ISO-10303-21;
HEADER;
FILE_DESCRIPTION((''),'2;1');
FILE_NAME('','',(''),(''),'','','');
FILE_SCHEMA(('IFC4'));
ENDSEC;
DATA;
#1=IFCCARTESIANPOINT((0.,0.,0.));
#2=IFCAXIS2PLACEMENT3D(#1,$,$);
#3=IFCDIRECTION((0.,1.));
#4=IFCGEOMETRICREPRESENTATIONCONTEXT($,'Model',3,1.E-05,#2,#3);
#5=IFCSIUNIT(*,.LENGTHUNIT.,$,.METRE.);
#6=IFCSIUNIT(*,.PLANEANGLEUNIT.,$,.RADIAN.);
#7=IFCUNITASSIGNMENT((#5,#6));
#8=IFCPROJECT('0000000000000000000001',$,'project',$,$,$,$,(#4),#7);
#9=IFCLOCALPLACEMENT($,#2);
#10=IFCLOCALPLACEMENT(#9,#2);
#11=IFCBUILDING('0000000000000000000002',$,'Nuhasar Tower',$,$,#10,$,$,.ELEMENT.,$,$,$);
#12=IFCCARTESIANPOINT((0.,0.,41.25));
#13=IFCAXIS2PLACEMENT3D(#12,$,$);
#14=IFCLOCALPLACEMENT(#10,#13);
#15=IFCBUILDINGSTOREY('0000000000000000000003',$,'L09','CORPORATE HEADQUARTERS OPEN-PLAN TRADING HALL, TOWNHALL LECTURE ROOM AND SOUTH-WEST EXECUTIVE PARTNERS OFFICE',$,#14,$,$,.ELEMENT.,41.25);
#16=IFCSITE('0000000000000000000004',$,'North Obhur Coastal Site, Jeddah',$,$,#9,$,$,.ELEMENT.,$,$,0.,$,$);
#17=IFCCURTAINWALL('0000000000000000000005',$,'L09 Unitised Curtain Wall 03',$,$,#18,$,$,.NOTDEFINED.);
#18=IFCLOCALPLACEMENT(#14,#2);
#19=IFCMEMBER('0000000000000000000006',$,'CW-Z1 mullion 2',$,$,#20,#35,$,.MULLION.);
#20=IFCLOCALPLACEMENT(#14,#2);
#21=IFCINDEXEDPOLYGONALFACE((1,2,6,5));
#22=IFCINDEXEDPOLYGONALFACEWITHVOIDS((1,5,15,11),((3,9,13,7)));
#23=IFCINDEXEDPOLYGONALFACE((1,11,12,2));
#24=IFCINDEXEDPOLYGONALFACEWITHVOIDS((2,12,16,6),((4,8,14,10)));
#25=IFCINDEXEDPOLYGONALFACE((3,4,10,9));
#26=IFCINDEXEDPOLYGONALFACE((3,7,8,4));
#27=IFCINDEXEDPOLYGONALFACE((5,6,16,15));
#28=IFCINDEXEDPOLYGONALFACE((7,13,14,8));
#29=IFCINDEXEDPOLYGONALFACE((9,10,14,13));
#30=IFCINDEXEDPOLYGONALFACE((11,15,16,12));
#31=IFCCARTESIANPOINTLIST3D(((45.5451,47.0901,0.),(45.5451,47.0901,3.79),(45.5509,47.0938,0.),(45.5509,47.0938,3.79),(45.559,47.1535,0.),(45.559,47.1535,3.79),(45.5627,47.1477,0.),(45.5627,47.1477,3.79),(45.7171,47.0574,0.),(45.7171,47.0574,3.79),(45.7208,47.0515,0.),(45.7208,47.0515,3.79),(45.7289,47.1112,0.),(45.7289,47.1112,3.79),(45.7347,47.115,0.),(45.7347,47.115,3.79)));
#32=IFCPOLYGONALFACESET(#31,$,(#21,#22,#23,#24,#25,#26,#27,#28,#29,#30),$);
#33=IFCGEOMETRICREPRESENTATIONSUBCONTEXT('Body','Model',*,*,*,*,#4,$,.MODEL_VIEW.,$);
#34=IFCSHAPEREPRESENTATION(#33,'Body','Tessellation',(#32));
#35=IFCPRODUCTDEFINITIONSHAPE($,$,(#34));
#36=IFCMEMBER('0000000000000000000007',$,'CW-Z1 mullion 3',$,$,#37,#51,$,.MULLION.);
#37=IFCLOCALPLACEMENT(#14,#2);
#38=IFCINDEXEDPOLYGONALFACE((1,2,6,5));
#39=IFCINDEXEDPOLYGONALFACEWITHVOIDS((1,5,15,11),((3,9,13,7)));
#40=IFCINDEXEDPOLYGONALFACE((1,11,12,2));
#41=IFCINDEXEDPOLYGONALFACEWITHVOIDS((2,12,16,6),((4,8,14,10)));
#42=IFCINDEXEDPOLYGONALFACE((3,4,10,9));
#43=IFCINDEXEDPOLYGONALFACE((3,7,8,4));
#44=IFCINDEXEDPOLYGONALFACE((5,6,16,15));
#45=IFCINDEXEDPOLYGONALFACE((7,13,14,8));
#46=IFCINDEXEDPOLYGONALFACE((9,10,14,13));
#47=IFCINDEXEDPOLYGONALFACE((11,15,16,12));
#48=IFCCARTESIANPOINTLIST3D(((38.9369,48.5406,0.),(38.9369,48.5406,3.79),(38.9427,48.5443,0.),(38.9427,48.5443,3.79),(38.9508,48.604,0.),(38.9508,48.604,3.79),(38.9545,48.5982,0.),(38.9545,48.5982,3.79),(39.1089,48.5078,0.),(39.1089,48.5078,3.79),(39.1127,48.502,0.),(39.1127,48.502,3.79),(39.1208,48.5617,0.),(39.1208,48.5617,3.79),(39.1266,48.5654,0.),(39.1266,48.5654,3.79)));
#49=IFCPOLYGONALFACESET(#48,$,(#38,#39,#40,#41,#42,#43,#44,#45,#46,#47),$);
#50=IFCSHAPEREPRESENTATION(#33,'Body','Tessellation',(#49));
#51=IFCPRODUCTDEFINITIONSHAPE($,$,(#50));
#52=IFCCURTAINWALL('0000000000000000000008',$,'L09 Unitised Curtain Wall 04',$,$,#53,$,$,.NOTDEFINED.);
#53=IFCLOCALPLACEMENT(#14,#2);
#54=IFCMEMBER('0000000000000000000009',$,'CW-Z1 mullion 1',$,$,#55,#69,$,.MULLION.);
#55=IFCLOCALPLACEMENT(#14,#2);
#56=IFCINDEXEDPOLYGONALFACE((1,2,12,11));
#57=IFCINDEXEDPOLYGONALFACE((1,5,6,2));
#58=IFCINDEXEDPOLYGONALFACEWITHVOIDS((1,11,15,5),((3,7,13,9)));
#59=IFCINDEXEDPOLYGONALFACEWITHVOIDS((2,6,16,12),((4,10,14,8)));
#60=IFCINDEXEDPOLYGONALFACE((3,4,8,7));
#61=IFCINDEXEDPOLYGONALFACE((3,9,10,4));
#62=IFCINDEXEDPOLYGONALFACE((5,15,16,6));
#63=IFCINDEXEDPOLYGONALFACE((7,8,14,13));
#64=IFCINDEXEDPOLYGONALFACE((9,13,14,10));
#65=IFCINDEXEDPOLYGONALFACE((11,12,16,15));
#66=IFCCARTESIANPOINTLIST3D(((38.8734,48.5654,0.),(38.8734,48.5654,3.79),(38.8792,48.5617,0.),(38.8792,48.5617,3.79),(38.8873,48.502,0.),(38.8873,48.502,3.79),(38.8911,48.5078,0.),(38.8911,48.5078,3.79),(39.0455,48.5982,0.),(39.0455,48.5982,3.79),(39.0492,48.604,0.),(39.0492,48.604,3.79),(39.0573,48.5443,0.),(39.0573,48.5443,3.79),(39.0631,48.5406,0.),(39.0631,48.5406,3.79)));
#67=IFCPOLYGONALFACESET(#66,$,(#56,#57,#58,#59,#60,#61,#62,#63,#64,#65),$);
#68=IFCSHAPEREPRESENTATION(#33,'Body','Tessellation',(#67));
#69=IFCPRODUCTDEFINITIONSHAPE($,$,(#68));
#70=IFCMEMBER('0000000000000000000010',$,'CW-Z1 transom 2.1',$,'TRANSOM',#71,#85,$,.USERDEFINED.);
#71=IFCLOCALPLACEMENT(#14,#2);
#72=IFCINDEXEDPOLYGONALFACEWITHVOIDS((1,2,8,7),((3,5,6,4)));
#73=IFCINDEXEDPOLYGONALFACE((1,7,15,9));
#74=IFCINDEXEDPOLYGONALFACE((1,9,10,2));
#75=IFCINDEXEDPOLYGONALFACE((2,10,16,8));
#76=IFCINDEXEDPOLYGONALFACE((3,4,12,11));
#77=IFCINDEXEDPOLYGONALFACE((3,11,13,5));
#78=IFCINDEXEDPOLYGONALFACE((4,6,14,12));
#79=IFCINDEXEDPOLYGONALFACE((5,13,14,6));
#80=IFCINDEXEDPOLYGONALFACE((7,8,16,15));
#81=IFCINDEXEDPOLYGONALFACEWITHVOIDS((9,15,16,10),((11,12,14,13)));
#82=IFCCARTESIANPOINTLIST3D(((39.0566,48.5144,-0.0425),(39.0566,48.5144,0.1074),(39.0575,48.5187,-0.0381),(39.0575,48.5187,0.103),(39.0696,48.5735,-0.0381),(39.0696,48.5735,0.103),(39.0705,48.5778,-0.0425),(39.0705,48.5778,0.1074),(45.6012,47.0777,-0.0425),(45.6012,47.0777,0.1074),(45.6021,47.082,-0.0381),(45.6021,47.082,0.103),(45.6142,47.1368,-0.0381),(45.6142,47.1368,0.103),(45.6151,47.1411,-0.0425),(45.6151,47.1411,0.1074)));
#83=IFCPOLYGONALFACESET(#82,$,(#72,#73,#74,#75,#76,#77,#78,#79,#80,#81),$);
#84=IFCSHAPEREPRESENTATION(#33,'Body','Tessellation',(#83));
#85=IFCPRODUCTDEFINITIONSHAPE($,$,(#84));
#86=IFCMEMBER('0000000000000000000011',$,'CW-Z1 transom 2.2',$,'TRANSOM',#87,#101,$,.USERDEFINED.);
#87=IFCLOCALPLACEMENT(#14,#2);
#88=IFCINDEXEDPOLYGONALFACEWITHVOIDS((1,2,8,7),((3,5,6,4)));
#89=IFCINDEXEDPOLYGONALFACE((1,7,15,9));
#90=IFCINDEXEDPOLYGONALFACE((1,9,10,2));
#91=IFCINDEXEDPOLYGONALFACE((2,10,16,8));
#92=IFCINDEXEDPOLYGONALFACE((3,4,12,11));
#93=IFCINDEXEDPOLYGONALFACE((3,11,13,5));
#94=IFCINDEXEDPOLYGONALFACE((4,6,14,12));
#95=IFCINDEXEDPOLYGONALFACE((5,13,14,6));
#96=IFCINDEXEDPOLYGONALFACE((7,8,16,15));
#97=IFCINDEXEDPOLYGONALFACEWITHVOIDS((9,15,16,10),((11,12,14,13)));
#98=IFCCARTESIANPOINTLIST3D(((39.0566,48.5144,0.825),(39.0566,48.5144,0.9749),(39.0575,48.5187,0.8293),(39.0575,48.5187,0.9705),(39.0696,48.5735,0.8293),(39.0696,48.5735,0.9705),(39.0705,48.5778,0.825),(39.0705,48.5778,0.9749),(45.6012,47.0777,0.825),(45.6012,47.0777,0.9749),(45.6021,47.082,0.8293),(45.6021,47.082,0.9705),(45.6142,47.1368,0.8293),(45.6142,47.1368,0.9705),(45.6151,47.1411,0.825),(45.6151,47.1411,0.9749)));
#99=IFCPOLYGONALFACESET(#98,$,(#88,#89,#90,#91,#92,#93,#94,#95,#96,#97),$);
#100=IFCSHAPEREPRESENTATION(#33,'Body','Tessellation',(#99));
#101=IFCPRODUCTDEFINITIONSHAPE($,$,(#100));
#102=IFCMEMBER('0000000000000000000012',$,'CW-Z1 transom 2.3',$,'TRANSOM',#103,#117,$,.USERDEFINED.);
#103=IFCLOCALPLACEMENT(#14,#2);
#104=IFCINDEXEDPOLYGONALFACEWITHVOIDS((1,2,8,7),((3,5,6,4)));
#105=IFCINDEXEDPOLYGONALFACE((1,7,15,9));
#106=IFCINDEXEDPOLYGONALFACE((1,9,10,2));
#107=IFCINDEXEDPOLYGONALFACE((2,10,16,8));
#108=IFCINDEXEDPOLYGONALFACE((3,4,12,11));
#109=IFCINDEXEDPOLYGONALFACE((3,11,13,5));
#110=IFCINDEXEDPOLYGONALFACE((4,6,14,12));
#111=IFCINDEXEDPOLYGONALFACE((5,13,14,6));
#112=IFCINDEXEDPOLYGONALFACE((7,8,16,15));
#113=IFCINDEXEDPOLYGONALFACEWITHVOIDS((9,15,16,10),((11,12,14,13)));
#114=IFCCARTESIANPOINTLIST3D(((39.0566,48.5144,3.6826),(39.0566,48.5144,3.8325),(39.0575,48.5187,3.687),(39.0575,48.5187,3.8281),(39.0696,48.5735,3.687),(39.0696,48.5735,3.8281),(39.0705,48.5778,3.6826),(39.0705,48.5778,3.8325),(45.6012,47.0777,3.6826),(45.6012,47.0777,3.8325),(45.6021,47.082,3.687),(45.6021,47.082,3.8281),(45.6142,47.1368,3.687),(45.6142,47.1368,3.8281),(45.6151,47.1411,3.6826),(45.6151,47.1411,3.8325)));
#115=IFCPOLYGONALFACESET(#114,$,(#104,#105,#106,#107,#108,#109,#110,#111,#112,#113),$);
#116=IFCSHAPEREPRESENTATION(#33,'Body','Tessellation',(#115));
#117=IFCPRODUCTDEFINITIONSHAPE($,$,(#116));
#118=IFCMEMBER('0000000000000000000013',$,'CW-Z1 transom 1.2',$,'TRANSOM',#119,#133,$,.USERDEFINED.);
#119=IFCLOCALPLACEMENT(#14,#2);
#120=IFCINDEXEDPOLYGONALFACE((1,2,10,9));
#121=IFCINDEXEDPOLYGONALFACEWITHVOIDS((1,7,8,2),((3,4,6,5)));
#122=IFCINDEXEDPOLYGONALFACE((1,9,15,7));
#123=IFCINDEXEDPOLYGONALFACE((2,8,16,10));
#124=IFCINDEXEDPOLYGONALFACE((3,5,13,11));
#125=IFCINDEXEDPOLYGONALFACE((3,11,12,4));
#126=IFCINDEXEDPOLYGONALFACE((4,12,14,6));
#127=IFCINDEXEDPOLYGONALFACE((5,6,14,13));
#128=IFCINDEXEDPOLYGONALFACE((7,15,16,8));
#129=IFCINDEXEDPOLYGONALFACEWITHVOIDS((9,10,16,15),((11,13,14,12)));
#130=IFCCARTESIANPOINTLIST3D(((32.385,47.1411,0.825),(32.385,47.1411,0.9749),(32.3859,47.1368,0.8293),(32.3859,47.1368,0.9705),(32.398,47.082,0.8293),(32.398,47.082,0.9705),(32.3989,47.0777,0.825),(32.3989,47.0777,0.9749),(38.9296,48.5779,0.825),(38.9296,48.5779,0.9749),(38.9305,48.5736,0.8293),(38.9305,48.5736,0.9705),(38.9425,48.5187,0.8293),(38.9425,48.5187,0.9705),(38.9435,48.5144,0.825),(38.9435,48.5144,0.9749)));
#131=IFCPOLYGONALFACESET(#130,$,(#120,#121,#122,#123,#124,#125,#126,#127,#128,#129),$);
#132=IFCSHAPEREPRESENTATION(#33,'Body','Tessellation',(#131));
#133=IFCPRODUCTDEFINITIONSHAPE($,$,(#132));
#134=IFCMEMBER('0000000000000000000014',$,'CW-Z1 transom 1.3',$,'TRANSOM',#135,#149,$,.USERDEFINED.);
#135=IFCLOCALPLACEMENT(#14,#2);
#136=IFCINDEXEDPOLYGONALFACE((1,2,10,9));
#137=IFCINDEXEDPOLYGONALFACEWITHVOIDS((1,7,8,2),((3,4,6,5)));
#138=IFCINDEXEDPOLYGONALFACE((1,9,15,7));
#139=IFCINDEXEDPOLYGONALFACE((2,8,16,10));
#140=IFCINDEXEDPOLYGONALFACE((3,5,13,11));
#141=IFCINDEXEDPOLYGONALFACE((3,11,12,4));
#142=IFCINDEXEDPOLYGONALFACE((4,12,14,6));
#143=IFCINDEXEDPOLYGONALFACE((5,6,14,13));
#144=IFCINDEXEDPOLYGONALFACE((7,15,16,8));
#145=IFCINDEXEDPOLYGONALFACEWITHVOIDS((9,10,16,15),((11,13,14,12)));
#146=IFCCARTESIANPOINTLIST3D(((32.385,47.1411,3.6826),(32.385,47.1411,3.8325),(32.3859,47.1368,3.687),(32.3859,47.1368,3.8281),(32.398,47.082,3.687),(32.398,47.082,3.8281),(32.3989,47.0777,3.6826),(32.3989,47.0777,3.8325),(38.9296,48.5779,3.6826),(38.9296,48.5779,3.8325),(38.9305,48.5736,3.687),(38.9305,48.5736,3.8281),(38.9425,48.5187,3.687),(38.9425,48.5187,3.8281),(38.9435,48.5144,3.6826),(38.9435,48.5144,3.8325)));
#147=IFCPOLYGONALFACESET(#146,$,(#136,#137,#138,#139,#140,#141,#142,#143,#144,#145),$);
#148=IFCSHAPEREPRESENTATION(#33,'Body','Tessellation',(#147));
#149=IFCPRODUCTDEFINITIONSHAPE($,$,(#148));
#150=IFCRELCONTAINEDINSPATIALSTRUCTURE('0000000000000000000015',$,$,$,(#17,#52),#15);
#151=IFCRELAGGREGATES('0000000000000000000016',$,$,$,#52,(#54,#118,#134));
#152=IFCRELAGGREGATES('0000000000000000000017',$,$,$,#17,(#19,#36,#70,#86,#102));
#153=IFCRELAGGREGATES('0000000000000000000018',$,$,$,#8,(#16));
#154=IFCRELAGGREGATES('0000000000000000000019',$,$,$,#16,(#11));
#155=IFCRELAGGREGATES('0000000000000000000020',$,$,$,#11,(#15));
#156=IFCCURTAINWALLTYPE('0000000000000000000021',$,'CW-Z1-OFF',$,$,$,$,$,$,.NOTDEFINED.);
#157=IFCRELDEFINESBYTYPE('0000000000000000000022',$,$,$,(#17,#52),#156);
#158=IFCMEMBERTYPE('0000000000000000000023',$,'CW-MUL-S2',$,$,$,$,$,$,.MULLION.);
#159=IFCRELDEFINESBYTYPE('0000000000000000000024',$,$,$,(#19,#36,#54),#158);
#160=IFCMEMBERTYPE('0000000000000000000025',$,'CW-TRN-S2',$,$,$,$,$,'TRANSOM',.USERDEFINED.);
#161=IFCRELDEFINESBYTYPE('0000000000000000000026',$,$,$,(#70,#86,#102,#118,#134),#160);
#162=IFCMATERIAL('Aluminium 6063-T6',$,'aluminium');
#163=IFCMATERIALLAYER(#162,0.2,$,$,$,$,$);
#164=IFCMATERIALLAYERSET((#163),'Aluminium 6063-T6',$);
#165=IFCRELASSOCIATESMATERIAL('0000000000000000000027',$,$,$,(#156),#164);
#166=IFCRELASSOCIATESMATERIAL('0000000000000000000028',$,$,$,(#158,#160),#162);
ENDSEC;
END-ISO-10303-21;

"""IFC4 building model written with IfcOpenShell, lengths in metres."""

from ifc_helpers import new_model, si_unit, direction, frame, origin, origin_2d, place, context, subcontext, project, spatial, hollow_rectangle, extrude, material, layer, layer_set, material_profile, profile_set, type_object, element, aggregate, save


model = new_model("IFC4")

# Units and contexts
model_context = context("Model", 3, precision=1e-05, world=origin(), true_north=direction((0.0, 1.0)))
body_context = subcontext(model_context, "Body", "Model", "MODEL_VIEW")
ifc_project = project(units=[si_unit("LENGTHUNIT", "METRE"), si_unit("PLANEANGLEUNIT", "RADIAN")], contexts=[model_context])

# Site, building, storey
site_placement = place(None, origin())
site = spatial("IfcSite", under=ifc_project, at=site_placement, Name="North Obhur Coastal Site, Jeddah", CompositionType="ELEMENT", RefElevation=0.0)
building_placement = place(site_placement, origin())
building = spatial("IfcBuilding", under=site, at=building_placement, Name="Nuhasar Tower", CompositionType="ELEMENT")
storey_placement = place(building_placement, frame((0.0, 0.0, 41.25)))
storey = spatial("IfcBuildingStorey", under=building, at=storey_placement, Name="L09", Description="CORPORATE HEADQUARTERS OPEN-PLAN TRADING HALL, TOWNHALL LECTURE ROOM AND SOUTH-WEST EXECUTIVE PARTNERS OFFICE", CompositionType="ELEMENT", Elevation=41.25)

# Curtain wall, members
ifc_material_1 = material(Name="Aluminium 6063-T6", Category="aluminium")
ifc_layer_1 = layer(ifc_material_1, 0.2)
ifc_layer_set_1 = layer_set([ifc_layer_1], Name="Aluminium 6063-T6")
curtain_wall_type = type_object("IfcCurtainWallType", Name="CW-Z1-OFF", PredefinedType="NOTDEFINED", material=ifc_layer_set_1)
curtain_wall_1_placement = place(storey_placement, origin())
curtain_wall_1 = element("IfcCurtainWall", 1, at=curtain_wall_1_placement, inside=storey, type_object=curtain_wall_type, Name="L09 Unitised Curtain Wall 03", PredefinedType="NOTDEFINED")
ifc_material_profile_1 = material_profile(ifc_material_1, hollow_rectangle(XDim=0.0649, YDim=0.1799, WallThickness=0.0049, at=origin_2d()), Name="CWM-2")
ifc_profile_set_1 = profile_set([ifc_material_profile_1], Name="Aluminium 6063-T6")
member_type_1 = type_object("IfcMemberType", Name="CW-MUL-S2", PredefinedType="MULLION", material=ifc_profile_set_1)
member_1_placement = place(storey_placement, frame((45.6399, 47.1025, 0.0), z_axis=(0.0, 0.0, 1.0), x_axis=(-0.214399, -0.976746, 0.0)))
member_1 = element("IfcMember", 2, at=member_1_placement, type_object=member_type_1, Name="CW-Z1 mullion 2", PredefinedType="MULLION", context=body_context, shape_type="SweptSolid", body=[
    extrude(hollow_rectangle(XDim=0.0649, YDim=0.1799, WallThickness=0.0049, at=origin_2d()), origin(), (0.0, 0.0, 1.0), 3.79),
])
member_2_placement = place(storey_placement, frame((39.0317, 48.553, 0.0), z_axis=(0.0, 0.0, 1.0), x_axis=(-0.214399, -0.976746, 0.0)))
member_2 = element("IfcMember", 3, at=member_2_placement, type_object=member_type_1, Name="CW-Z1 mullion 3", PredefinedType="MULLION", context=body_context, shape_type="SweptSolid", body=[
    extrude(hollow_rectangle(XDim=0.0649, YDim=0.1799, WallThickness=0.0049, at=origin_2d()), origin(), (0.0, 0.0, 1.0), 3.79),
])

# Curtain wall, member
curtain_wall_2_placement = place(storey_placement, origin())
curtain_wall_2 = element("IfcCurtainWall", 4, at=curtain_wall_2_placement, inside=storey, type_object=curtain_wall_type, Name="L09 Unitised Curtain Wall 04", PredefinedType="NOTDEFINED")
member_3_placement = place(storey_placement, frame((38.9683, 48.553, 0.0), z_axis=(0.0, 0.0, 1.0), x_axis=(0.214399, -0.976746, 0.0)))
member_3 = element("IfcMember", 5, at=member_3_placement, type_object=member_type_1, Name="CW-Z1 mullion 1", PredefinedType="MULLION", context=body_context, shape_type="SweptSolid", body=[
    extrude(hollow_rectangle(XDim=0.0649, YDim=0.1799, WallThickness=0.0049, at=origin_2d()), origin(), (0.0, 0.0, 1.0), 3.79),
])

# Members
ifc_material_profile_2 = material_profile(ifc_material_1, hollow_rectangle(XDim=0.0649, YDim=0.1499, WallThickness=0.0044, at=origin_2d()), Name="CWT-2")
ifc_profile_set_2 = profile_set([ifc_material_profile_2], Name="Aluminium 6063-T6")
member_type_2 = type_object("IfcMemberType", Name="CW-TRN-S2", ElementType="TRANSOM", PredefinedType="USERDEFINED", material=ifc_profile_set_2)
member_4_placement = place(storey_placement, frame((45.6082, 47.1094, 0.0325), z_axis=(-0.97674, 0.214426, 0.0), x_axis=(-0.214426, -0.97674, 0.0)))
member_4 = element("IfcMember", 6, at=member_4_placement, type_object=member_type_2, Name="CW-Z1 transom 2.1", ObjectType="TRANSOM", PredefinedType="USERDEFINED", context=body_context, shape_type="SweptSolid", body=[
    extrude(hollow_rectangle(XDim=0.0649, YDim=0.1499, WallThickness=0.0044, at=origin_2d()), origin(), (0.0, 0.0, 1.0), 6.7004),
])
member_5_placement = place(storey_placement, frame((45.6082, 47.1094, 0.8999), z_axis=(-0.97674, 0.214426, 0.0), x_axis=(-0.214426, -0.97674, 0.0)))
member_5 = element("IfcMember", 7, at=member_5_placement, type_object=member_type_2, Name="CW-Z1 transom 2.2", ObjectType="TRANSOM", PredefinedType="USERDEFINED", context=body_context, shape_type="SweptSolid", body=[
    extrude(hollow_rectangle(XDim=0.0649, YDim=0.1499, WallThickness=0.0044, at=origin_2d()), origin(), (0.0, 0.0, 1.0), 6.7004),
])
member_6_placement = place(storey_placement, frame((45.6082, 47.1094, 3.7576), z_axis=(-0.97674, 0.214426, 0.0), x_axis=(-0.214426, -0.97674, 0.0)))
member_6 = element("IfcMember", 8, at=member_6_placement, type_object=member_type_2, Name="CW-Z1 transom 2.3", ObjectType="TRANSOM", PredefinedType="USERDEFINED", context=body_context, shape_type="SweptSolid", body=[
    extrude(hollow_rectangle(XDim=0.0649, YDim=0.1499, WallThickness=0.0044, at=origin_2d()), origin(), (0.0, 0.0, 1.0), 6.7004),
])
member_7_placement = place(storey_placement, frame((38.9365, 48.5461, 0.8999), z_axis=(-0.97674, -0.214426, 0.0), x_axis=(0.214426, -0.97674, 0.0)))
member_7 = element("IfcMember", 9, at=member_7_placement, type_object=member_type_2, Name="CW-Z1 transom 1.2", ObjectType="TRANSOM", PredefinedType="USERDEFINED", context=body_context, shape_type="SweptSolid", body=[
    extrude(hollow_rectangle(XDim=0.0649, YDim=0.1499, WallThickness=0.0044, at=origin_2d()), origin(), (0.0, 0.0, 1.0), 6.7004),
])
member_8_placement = place(storey_placement, frame((38.9365, 48.5461, 3.7576), z_axis=(-0.97674, -0.214426, 0.0), x_axis=(0.214426, -0.97674, 0.0)))
member_8 = element("IfcMember", 10, at=member_8_placement, type_object=member_type_2, Name="CW-Z1 transom 1.3", ObjectType="TRANSOM", PredefinedType="USERDEFINED", context=body_context, shape_type="SweptSolid", body=[
    extrude(hollow_rectangle(XDim=0.0649, YDim=0.1499, WallThickness=0.0044, at=origin_2d()), origin(), (0.0, 0.0, 1.0), 6.7004),
])
aggregate(curtain_wall_2, [member_3, member_7, member_8])

aggregate(curtain_wall_1, [member_1, member_2, member_4, member_5, member_6])

save(model, "model.ifc")
